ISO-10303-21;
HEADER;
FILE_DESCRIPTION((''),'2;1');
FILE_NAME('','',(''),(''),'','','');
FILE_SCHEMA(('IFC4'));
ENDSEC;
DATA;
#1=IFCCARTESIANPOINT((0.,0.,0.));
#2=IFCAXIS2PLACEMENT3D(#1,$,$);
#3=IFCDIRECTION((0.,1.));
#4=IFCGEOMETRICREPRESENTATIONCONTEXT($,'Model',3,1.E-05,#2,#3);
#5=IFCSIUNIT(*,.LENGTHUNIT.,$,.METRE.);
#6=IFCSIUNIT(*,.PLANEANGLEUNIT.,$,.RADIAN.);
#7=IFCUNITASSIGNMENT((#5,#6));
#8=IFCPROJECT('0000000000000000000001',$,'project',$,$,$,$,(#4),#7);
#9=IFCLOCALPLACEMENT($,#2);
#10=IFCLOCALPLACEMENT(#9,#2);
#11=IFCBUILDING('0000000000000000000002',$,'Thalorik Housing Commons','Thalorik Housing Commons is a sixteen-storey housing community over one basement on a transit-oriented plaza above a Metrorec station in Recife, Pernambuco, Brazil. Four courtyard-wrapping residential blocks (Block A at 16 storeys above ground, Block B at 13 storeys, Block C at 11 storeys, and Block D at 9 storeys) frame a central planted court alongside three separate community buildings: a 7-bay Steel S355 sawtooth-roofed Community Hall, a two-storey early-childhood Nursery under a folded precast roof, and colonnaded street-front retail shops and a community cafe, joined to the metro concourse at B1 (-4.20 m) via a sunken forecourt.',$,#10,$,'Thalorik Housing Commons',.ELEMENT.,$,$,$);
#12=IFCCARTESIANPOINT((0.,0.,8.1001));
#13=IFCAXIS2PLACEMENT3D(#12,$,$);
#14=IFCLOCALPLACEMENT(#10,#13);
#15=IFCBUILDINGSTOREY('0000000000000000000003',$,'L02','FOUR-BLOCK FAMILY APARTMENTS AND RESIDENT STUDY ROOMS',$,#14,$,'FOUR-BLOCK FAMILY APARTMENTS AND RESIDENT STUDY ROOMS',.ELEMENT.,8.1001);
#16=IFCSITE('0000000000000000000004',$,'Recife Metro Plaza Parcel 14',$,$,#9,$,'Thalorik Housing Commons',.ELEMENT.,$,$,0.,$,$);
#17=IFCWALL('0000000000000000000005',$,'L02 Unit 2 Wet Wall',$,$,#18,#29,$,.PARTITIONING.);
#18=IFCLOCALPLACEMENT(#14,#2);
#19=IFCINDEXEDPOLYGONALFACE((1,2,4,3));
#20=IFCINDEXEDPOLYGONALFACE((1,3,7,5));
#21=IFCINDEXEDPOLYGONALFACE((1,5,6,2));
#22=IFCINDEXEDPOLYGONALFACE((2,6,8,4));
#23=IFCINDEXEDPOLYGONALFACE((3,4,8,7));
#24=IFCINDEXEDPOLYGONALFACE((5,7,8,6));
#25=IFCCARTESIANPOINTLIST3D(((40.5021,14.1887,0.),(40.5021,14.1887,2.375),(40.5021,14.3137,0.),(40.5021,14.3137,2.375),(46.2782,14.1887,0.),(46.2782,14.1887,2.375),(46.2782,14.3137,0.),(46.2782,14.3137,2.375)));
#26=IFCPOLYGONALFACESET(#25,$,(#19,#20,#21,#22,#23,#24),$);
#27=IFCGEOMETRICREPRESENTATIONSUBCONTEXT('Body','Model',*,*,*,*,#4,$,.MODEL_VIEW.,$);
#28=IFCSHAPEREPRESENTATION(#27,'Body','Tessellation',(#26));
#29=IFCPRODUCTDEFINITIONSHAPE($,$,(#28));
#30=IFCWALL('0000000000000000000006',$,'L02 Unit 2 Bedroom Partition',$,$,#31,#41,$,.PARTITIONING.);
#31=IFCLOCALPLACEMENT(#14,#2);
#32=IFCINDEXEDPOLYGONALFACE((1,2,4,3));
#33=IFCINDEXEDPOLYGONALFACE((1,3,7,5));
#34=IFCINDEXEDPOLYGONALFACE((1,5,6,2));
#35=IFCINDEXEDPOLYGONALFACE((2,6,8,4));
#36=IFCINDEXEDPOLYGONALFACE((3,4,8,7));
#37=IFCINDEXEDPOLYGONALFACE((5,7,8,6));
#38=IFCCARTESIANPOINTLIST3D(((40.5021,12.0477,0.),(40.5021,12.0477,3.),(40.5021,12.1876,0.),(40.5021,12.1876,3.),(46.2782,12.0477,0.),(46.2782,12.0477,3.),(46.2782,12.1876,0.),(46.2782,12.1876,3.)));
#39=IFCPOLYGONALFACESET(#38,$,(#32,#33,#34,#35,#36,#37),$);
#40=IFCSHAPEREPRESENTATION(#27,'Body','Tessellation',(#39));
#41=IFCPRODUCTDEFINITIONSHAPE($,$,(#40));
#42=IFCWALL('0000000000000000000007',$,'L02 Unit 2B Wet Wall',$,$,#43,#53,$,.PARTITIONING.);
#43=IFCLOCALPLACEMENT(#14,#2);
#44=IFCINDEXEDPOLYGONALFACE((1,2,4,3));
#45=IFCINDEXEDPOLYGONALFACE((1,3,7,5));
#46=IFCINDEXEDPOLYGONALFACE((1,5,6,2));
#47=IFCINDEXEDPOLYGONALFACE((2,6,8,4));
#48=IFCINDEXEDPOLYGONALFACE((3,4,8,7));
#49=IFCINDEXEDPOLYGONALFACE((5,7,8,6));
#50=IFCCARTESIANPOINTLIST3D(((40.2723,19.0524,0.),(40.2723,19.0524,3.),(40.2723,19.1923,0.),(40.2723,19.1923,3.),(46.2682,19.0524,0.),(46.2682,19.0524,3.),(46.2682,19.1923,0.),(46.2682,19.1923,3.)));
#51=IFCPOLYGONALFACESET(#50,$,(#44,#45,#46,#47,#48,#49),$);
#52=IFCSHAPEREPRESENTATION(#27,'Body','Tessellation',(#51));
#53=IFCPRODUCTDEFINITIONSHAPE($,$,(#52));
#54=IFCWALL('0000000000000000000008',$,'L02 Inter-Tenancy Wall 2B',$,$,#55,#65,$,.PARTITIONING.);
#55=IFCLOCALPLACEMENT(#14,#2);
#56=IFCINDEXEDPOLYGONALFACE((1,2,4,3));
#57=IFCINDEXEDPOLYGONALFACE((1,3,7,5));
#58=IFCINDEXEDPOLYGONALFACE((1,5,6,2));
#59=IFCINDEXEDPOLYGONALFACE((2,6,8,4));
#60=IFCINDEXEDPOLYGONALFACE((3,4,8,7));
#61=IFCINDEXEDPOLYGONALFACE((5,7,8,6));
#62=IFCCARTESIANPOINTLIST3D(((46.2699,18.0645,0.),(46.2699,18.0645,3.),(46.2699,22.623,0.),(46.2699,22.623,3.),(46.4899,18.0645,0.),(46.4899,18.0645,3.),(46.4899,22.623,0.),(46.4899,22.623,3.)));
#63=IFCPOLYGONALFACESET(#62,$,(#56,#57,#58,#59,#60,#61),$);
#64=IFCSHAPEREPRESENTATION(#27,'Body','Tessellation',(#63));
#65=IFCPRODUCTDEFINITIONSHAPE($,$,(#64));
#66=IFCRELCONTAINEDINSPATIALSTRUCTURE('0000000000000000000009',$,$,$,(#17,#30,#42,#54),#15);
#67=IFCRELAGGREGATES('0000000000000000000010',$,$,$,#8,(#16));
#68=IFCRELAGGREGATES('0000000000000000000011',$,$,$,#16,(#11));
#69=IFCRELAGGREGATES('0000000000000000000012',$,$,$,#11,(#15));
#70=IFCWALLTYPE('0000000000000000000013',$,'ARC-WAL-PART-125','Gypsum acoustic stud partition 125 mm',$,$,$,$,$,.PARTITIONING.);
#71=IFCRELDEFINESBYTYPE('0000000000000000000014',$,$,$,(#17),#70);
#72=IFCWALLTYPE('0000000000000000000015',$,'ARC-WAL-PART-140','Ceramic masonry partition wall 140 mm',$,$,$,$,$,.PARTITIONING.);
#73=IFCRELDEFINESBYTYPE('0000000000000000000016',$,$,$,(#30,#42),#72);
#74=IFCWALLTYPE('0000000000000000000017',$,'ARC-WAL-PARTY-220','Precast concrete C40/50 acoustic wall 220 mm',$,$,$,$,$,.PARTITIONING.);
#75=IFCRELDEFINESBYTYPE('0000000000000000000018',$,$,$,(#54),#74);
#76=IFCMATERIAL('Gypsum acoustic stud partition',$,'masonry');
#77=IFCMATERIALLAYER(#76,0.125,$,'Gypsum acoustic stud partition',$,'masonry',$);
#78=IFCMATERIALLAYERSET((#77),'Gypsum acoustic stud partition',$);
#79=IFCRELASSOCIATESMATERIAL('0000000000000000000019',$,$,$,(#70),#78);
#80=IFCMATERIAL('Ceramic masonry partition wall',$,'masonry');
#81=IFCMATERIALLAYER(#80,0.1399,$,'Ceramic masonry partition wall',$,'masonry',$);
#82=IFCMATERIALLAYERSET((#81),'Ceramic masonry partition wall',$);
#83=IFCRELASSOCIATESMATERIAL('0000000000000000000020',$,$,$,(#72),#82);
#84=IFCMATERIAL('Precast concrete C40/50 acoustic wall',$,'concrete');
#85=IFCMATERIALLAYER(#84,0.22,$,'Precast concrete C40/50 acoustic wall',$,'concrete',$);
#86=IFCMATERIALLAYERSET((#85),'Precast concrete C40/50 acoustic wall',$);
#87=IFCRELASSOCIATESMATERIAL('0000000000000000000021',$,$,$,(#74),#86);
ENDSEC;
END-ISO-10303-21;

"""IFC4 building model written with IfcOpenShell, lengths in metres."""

from ifc_helpers import new_model, si_unit, direction, frame, frame_2d, origin, place, context, subcontext, project, spatial, rectangle, extrude, material, layer, layer_set, type_object, element, save


model = new_model("IFC4")

# Units and contexts
model_context = context("Model", 3, precision=1e-05, world=origin(), true_north=direction((0.0, 1.0)))
body_context = subcontext(model_context, "Body", "Model", "MODEL_VIEW")
ifc_project = project(units=[si_unit("LENGTHUNIT", "METRE"), si_unit("PLANEANGLEUNIT", "RADIAN")], contexts=[model_context])

# Site, building, storey
site_placement = place(None, origin())
site = spatial("IfcSite", under=ifc_project, at=site_placement, Name="Recife Metro Plaza Parcel 14", LongName="Thalorik Housing Commons", CompositionType="ELEMENT", RefElevation=0.0)
building_placement = place(site_placement, origin())
building = spatial("IfcBuilding", under=site, at=building_placement, Name="Thalorik Housing Commons", Description="Thalorik Housing Commons is a sixteen-storey housing community over one basement on a transit-oriented plaza above a Metrorec station in Recife, Pernambuco, Brazil. Four courtyard-wrapping residential blocks (Block A at 16 storeys above ground, Block B at 13 storeys, Block C at 11 storeys, and Block D at 9 storeys) frame a central planted court alongside three separate community buildings: a 7-bay Steel S355 sawtooth-roofed Community Hall, a two-storey early-childhood Nursery under a folded precast roof, and colonnaded street-front retail shops and a community cafe, joined to the metro concourse at B1 (-4.20 m) via a sunken forecourt.", LongName="Thalorik Housing Commons", CompositionType="ELEMENT")
storey_placement = place(building_placement, frame((0.0, 0.0, 8.1001)))
storey = spatial("IfcBuildingStorey", under=building, at=storey_placement, Name="L02", Description="FOUR-BLOCK FAMILY APARTMENTS AND RESIDENT STUDY ROOMS", LongName="FOUR-BLOCK FAMILY APARTMENTS AND RESIDENT STUDY ROOMS", CompositionType="ELEMENT", Elevation=8.1001)

# Walls
ifc_material_1 = material(Name="Gypsum acoustic stud partition", Category="masonry")
ifc_layer_1 = layer(ifc_material_1, 0.125, Name="Gypsum acoustic stud partition", Category="masonry")
ifc_layer_set_1 = layer_set([ifc_layer_1], Name="Gypsum acoustic stud partition")
wall_type_1 = type_object("IfcWallType", Name="ARC-WAL-PART-125", Description="Gypsum acoustic stud partition 125 mm", PredefinedType="PARTITIONING", material=ifc_layer_set_1)
wall_1_placement = place(storey_placement, frame((40.502, 14.2512, 0.0), z_axis=(0.0, 0.0, 1.0), x_axis=(1.0, 0.0, 0.0)))
element("IfcWall", 1, at=wall_1_placement, inside=storey, type_object=wall_type_1, Name="L02 Unit 2 Wet Wall", PredefinedType="PARTITIONING", context=body_context, shape_type="SweptSolid", body=[
    extrude(rectangle(XDim=5.7761, YDim=0.125, at=frame_2d((2.8882, 0.0))), origin(), (0.0, 0.0, 1.0), 2.375),
])
ifc_material_2 = material(Name="Ceramic masonry partition wall", Category="masonry")
ifc_layer_2 = layer(ifc_material_2, 0.1399, Name="Ceramic masonry partition wall", Category="masonry")
ifc_layer_set_2 = layer_set([ifc_layer_2], Name="Ceramic masonry partition wall")
wall_type_2 = type_object("IfcWallType", Name="ARC-WAL-PART-140", Description="Ceramic masonry partition wall 140 mm", PredefinedType="PARTITIONING", material=ifc_layer_set_2)
wall_2_placement = place(storey_placement, frame((40.502, 12.1177, 0.0), z_axis=(0.0, 0.0, 1.0), x_axis=(1.0, 0.0, 0.0)))
element("IfcWall", 2, at=wall_2_placement, inside=storey, type_object=wall_type_2, Name="L02 Unit 2 Bedroom Partition", PredefinedType="PARTITIONING", context=body_context, shape_type="SweptSolid", body=[
    extrude(rectangle(XDim=5.7761, YDim=0.1399, at=frame_2d((2.8882, 0.0))), origin(), (0.0, 0.0, 1.0), 3.0),
])
wall_3_placement = place(storey_placement, frame((40.2722, 19.1223, 0.0), z_axis=(0.0, 0.0, 1.0), x_axis=(1.0, 0.0, 0.0)))
element("IfcWall", 3, at=wall_3_placement, inside=storey, type_object=wall_type_2, Name="L02 Unit 2B Wet Wall", PredefinedType="PARTITIONING", context=body_context, shape_type="SweptSolid", body=[
    extrude(rectangle(XDim=5.9958, YDim=0.1399, at=frame_2d((2.998, 0.0))), origin(), (0.0, 0.0, 1.0), 3.0),
])
ifc_material_3 = material(Name="Precast concrete C40/50 acoustic wall", Category="concrete")
ifc_layer_3 = layer(ifc_material_3, 0.22, Name="Precast concrete C40/50 acoustic wall", Category="concrete")
ifc_layer_set_3 = layer_set([ifc_layer_3], Name="Precast concrete C40/50 acoustic wall")
wall_type_3 = type_object("IfcWallType", Name="ARC-WAL-PARTY-220", Description="Precast concrete C40/50 acoustic wall 220 mm", PredefinedType="PARTITIONING", material=ifc_layer_set_3)
wall_4_placement = place(storey_placement, frame((46.3799, 18.0645, 0.0), z_axis=(0.0, 0.0, 1.0), x_axis=(0.0, 1.0, 0.0)))
element("IfcWall", 4, at=wall_4_placement, inside=storey, type_object=wall_type_3, Name="L02 Inter-Tenancy Wall 2B", PredefinedType="PARTITIONING", context=body_context, shape_type="SweptSolid", body=[
    extrude(rectangle(XDim=4.5586, YDim=0.22, at=frame_2d((2.2793, 0.0))), origin(), (0.0, 0.0, 1.0), 3.0),
])

save(model, "model.ifc")
